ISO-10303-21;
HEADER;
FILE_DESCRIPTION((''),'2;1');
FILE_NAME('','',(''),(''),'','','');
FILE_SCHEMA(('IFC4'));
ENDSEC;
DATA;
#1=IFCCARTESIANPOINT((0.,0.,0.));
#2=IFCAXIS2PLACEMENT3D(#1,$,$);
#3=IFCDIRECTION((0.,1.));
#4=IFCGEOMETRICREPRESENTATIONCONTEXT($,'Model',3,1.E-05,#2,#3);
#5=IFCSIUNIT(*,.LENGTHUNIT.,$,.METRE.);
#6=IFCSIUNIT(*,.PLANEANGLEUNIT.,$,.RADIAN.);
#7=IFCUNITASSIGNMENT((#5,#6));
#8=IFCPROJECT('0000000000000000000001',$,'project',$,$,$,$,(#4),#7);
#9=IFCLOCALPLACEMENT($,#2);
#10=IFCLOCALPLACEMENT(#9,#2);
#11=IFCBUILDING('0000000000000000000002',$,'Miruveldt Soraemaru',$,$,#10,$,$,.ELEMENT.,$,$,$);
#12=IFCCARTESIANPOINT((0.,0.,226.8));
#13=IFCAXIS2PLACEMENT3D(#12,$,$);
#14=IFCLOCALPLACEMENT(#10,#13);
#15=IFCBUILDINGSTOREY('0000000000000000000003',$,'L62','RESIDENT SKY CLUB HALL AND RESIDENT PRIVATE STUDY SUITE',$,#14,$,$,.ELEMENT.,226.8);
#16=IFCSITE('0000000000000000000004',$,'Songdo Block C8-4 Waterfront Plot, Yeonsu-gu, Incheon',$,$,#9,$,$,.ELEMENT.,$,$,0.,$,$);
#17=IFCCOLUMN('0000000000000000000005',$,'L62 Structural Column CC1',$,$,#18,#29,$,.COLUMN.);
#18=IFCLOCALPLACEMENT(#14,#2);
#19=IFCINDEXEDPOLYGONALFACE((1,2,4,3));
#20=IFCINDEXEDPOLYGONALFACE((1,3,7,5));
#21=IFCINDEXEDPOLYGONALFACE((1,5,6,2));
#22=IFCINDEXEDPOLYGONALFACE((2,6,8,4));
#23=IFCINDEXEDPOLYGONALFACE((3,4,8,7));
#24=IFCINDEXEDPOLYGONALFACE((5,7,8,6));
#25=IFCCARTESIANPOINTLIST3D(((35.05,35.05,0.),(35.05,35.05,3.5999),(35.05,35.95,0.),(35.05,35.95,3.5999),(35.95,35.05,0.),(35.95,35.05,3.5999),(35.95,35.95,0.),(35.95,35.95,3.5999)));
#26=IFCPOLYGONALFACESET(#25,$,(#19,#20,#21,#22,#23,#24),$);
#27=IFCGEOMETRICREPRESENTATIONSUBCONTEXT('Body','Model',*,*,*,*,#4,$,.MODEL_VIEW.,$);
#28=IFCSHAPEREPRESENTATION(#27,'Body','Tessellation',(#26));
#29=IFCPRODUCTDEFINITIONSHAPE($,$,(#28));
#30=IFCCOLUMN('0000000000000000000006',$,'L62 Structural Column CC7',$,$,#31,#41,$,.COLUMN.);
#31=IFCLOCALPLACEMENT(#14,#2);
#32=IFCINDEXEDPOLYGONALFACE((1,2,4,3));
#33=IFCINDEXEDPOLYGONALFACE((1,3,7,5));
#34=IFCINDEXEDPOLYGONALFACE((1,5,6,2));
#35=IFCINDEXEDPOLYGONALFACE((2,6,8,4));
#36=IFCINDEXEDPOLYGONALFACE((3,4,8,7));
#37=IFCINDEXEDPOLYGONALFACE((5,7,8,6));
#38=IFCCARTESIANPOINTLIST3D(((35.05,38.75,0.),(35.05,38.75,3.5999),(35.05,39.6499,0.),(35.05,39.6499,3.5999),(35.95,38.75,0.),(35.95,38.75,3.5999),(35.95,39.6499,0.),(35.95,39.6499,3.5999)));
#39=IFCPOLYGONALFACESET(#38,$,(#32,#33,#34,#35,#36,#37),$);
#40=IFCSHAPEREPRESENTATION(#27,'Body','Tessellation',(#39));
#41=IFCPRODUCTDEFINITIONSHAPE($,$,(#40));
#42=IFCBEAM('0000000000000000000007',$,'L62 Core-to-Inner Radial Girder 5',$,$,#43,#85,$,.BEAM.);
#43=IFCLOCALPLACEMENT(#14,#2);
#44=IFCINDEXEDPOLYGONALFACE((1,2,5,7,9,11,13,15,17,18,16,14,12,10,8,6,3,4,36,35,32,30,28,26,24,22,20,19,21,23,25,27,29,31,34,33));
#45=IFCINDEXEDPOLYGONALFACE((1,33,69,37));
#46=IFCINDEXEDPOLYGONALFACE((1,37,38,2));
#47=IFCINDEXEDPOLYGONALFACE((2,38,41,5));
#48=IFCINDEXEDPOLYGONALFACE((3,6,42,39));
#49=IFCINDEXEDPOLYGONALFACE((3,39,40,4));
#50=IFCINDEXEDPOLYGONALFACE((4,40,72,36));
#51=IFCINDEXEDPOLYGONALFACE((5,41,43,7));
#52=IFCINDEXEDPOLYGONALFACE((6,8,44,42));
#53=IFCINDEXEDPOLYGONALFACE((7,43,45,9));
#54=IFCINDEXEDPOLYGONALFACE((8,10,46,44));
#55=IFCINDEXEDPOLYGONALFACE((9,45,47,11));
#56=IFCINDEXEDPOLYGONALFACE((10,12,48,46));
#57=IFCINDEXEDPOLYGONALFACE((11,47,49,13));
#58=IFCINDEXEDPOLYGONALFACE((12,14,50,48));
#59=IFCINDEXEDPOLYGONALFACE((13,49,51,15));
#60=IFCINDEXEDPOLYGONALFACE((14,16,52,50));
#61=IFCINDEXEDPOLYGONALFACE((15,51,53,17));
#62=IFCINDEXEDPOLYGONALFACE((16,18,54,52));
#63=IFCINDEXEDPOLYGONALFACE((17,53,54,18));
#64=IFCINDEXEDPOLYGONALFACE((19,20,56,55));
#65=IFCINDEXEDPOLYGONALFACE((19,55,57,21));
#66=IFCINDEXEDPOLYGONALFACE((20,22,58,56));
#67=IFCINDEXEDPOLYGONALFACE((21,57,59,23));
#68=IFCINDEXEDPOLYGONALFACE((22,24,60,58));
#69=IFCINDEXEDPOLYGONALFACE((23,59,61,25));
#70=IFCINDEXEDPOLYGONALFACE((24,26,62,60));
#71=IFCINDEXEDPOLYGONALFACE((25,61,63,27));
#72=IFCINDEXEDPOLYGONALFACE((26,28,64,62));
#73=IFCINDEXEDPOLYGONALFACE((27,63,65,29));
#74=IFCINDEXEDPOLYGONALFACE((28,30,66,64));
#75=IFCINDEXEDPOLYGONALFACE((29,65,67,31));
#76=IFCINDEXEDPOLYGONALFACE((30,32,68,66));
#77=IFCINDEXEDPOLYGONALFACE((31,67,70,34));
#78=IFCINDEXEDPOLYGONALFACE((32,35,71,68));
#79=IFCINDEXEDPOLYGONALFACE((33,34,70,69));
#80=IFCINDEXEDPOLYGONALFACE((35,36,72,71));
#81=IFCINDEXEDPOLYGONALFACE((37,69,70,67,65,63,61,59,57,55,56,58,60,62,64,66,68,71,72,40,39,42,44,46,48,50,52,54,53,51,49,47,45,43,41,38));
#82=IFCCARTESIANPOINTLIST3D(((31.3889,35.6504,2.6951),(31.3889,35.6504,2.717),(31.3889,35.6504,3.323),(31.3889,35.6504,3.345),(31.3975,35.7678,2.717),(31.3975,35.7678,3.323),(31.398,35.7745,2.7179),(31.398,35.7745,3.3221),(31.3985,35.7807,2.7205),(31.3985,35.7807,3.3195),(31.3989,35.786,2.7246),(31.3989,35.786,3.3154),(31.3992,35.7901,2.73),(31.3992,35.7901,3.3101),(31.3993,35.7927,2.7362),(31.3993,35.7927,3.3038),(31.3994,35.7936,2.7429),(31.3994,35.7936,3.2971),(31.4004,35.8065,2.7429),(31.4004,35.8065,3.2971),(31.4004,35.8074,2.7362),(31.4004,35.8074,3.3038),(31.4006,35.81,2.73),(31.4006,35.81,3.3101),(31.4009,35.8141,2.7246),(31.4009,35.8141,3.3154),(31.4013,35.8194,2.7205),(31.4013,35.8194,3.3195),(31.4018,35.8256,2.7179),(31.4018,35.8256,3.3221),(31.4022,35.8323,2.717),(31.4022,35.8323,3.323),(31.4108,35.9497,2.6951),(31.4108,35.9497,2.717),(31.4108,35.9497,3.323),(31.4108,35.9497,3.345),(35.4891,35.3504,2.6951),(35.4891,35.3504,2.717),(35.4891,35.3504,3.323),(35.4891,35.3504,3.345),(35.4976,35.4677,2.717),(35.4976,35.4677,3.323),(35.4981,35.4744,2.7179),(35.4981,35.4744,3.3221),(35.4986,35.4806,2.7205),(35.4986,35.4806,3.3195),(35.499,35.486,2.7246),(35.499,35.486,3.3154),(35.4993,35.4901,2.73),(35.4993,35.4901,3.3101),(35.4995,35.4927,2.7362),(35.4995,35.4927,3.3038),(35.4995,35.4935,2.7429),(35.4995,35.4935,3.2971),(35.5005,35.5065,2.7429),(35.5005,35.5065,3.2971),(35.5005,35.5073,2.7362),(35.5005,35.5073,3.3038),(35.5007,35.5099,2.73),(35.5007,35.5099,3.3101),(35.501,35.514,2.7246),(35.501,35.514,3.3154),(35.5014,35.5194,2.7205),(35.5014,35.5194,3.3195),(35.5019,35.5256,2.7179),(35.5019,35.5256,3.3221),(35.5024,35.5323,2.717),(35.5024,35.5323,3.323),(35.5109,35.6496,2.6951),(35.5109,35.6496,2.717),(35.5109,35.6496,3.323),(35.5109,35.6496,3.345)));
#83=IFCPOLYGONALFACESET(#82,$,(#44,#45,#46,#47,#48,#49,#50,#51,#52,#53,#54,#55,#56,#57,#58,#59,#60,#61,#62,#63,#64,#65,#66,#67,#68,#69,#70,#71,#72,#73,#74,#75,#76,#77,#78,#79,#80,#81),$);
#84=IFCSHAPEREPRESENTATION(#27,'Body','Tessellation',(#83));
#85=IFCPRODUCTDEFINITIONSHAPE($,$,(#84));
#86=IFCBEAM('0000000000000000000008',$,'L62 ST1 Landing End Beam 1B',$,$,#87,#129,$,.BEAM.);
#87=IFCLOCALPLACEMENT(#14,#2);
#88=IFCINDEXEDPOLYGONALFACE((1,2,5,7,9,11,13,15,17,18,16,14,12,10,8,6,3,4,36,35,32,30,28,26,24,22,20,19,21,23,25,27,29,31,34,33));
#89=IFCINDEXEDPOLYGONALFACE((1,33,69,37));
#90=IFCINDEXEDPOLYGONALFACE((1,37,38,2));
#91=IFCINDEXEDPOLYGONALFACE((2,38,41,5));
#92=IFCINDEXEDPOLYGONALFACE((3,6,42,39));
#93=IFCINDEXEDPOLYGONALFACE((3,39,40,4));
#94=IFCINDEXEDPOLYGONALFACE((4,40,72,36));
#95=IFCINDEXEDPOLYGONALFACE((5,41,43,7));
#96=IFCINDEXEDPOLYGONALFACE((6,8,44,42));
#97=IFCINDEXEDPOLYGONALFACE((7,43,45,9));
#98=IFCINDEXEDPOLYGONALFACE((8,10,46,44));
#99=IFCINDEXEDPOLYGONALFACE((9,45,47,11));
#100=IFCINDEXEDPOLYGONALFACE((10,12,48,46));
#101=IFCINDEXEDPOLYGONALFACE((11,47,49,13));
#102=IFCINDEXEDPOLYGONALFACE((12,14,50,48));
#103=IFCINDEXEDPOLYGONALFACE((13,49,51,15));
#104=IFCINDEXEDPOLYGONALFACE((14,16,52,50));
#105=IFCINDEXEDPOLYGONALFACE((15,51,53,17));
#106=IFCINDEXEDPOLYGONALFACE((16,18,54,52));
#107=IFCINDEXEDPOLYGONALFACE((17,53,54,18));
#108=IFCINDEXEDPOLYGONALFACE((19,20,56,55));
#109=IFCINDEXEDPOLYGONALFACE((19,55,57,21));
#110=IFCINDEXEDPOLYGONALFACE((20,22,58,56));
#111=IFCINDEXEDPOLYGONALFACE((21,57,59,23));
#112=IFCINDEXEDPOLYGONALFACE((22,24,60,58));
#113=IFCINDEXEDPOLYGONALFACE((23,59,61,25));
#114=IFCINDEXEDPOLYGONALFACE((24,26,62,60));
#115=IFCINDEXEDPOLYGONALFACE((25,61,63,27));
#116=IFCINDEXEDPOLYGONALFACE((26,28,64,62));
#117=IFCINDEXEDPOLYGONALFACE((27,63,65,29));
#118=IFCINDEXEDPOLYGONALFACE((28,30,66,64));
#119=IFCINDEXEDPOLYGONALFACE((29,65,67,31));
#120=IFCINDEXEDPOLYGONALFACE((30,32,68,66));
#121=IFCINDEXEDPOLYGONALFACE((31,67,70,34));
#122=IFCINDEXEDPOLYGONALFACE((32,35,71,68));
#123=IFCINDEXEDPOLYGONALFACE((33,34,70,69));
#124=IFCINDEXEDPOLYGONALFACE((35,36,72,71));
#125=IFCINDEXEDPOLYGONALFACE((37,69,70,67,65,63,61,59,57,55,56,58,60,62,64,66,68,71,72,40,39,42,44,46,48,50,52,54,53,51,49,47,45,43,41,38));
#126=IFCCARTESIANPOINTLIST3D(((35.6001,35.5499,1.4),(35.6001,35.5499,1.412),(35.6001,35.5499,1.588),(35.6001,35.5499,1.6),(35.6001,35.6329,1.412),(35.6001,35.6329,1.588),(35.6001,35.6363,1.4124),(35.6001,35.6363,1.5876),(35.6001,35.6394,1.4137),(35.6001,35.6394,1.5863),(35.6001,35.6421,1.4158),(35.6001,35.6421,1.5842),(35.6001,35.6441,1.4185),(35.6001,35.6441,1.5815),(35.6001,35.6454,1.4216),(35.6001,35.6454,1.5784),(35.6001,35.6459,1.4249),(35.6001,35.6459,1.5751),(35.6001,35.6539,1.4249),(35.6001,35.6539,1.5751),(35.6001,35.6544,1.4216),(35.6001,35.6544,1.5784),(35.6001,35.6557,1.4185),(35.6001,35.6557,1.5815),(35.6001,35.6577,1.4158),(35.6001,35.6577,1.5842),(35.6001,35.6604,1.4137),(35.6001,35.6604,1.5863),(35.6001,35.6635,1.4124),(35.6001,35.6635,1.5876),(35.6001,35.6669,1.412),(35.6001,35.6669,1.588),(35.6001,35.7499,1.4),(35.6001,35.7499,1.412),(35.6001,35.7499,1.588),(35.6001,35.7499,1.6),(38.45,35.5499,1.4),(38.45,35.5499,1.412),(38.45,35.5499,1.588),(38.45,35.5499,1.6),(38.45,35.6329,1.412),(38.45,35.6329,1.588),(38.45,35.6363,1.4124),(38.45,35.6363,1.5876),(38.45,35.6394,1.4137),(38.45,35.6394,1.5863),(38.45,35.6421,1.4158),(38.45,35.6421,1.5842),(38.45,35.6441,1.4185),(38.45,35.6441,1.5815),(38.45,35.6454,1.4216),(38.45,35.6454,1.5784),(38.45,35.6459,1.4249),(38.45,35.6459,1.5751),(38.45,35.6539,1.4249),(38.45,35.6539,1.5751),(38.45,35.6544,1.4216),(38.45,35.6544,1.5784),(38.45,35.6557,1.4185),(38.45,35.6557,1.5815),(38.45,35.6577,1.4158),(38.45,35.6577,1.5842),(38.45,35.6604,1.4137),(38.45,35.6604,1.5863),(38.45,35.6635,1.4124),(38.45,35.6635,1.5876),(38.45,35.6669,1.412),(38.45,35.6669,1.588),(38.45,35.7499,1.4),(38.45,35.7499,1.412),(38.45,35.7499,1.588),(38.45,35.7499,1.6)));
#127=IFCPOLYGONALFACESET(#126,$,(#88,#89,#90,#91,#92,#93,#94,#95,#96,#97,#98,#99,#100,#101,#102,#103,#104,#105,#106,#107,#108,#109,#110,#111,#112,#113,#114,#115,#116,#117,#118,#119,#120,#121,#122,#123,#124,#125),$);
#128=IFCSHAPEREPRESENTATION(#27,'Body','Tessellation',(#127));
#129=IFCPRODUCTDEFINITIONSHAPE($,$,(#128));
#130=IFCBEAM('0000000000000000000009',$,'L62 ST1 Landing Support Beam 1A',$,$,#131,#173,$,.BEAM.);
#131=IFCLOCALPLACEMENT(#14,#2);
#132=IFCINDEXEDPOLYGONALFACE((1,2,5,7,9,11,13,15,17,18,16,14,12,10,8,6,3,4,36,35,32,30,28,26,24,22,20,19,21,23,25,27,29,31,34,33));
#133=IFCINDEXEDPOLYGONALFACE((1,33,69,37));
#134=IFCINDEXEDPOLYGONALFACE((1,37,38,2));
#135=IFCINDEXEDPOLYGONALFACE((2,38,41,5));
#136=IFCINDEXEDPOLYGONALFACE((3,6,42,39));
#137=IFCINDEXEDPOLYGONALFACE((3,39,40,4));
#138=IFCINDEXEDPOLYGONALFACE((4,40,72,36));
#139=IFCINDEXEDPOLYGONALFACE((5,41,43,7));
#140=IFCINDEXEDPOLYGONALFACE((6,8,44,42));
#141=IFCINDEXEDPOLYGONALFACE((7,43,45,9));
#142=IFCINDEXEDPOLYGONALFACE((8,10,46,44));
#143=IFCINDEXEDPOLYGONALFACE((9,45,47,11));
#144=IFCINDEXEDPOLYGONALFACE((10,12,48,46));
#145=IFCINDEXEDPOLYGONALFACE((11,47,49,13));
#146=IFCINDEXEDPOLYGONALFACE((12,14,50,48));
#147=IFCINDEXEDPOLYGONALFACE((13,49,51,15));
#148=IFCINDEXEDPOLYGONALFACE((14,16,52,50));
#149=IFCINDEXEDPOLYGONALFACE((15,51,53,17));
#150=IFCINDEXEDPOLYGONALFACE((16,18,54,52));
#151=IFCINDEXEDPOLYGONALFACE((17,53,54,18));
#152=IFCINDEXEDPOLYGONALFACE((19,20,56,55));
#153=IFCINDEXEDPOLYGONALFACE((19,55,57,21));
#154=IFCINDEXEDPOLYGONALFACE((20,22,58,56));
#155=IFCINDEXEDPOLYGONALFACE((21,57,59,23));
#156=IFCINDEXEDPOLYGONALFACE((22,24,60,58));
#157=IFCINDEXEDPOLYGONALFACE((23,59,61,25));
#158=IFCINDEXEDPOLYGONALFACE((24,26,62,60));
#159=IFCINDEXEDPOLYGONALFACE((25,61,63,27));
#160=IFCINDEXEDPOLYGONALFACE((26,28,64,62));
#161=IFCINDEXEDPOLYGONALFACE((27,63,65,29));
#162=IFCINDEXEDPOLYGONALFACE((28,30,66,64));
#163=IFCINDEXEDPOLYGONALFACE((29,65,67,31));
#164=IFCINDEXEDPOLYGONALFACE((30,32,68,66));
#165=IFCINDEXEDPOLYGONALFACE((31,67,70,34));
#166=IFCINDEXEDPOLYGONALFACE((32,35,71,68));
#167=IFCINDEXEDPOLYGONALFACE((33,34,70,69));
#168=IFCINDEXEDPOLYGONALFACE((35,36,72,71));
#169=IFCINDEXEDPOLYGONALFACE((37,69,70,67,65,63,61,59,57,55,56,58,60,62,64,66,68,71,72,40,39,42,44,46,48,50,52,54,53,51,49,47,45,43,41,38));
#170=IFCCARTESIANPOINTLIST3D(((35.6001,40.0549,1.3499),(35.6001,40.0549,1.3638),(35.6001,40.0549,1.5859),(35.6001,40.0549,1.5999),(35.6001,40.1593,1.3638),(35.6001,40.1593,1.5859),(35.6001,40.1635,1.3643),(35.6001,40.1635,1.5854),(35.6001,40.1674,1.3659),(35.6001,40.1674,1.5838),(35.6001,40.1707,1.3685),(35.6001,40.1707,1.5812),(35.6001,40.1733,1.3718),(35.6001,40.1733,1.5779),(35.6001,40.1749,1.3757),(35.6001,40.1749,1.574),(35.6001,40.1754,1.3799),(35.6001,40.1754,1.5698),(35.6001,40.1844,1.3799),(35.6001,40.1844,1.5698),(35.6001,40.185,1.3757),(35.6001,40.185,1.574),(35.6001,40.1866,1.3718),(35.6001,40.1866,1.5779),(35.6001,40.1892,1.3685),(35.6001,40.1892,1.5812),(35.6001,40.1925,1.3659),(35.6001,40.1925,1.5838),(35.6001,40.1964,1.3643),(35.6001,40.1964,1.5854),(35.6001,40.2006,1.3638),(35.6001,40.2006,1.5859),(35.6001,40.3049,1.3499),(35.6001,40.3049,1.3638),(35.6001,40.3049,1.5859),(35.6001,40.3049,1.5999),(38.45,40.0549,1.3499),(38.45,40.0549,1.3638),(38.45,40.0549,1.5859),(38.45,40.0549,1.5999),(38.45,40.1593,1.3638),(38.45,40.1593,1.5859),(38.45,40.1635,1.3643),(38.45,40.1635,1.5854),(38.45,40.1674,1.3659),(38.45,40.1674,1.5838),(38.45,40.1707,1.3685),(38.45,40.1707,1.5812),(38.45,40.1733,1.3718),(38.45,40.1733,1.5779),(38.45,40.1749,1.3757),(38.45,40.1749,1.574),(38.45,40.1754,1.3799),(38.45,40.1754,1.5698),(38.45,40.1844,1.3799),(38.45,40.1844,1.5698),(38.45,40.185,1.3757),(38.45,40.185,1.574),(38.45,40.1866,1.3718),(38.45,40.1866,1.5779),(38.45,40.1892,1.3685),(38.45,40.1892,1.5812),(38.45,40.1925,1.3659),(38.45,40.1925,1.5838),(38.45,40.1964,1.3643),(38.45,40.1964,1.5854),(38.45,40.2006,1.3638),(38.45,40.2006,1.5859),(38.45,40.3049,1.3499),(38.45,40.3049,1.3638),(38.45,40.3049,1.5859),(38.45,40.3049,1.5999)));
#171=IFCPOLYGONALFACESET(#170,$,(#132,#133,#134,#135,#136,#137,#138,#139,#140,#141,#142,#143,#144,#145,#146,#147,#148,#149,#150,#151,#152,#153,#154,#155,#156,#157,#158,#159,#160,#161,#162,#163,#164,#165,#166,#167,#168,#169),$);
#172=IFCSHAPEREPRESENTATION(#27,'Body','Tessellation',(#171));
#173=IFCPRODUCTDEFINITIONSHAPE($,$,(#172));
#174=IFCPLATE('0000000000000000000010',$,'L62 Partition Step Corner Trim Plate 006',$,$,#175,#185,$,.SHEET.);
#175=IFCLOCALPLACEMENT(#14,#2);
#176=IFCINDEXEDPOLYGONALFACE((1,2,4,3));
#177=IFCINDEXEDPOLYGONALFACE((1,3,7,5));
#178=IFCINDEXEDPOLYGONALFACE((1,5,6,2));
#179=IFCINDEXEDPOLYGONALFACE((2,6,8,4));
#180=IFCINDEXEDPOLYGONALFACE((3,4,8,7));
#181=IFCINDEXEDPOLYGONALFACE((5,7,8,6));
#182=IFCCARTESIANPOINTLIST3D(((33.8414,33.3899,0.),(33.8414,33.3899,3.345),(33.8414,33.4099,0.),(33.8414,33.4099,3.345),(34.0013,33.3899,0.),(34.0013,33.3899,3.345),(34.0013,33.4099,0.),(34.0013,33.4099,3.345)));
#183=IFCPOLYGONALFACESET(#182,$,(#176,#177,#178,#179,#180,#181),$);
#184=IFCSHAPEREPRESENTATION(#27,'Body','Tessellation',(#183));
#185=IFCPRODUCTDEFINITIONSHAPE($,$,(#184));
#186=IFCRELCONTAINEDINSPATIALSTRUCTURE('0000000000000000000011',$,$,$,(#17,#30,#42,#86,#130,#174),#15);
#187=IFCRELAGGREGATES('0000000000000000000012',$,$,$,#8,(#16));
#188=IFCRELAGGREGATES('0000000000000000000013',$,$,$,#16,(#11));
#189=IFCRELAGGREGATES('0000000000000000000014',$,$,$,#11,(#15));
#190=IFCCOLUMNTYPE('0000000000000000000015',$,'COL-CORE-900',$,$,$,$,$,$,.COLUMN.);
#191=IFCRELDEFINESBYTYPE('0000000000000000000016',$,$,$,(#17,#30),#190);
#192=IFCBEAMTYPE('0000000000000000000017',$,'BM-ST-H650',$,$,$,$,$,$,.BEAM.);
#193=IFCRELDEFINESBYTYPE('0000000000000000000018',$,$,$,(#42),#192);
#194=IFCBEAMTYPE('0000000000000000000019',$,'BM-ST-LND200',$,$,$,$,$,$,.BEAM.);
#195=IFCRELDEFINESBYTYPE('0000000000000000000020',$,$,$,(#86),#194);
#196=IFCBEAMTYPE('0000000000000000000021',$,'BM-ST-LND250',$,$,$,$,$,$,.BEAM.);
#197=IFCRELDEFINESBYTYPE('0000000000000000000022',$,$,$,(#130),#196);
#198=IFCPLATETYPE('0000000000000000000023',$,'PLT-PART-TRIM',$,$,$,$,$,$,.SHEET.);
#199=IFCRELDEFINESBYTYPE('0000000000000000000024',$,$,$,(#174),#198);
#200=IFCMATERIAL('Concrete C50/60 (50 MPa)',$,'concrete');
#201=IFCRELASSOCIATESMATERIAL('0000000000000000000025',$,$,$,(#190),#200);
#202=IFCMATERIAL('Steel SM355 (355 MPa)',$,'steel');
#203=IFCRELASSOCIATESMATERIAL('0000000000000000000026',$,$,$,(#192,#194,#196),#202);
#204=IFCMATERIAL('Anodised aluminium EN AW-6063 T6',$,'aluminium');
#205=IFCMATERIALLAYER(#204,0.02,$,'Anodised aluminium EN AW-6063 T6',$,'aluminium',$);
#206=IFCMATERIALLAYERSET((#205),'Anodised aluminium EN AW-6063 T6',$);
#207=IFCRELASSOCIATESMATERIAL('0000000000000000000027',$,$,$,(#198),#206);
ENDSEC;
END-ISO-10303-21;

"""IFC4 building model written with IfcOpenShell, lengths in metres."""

from ifc_helpers import new_model, si_unit, direction, frame, origin, origin_2d, place, context, subcontext, project, spatial, rectangle, i_section, extrude, material, layer, layer_set, material_profile, profile_set, type_object, element, save


model = new_model("IFC4")

# Units and contexts
model_context = context("Model", 3, precision=1e-05, world=origin(), true_north=direction((0.0, 1.0)))
body_context = subcontext(model_context, "Body", "Model", "MODEL_VIEW")
ifc_project = project(units=[si_unit("LENGTHUNIT", "METRE"), si_unit("PLANEANGLEUNIT", "RADIAN")], contexts=[model_context])

# Site, building, storey
site_placement = place(None, origin())
site = spatial("IfcSite", under=ifc_project, at=site_placement, Name="Songdo Block C8-4 Waterfront Plot, Yeonsu-gu, Incheon", CompositionType="ELEMENT", RefElevation=0.0)
building_placement = place(site_placement, origin())
building = spatial("IfcBuilding", under=site, at=building_placement, Name="Miruveldt Soraemaru", CompositionType="ELEMENT")
storey_placement = place(building_placement, frame((0.0, 0.0, 226.8)))
storey = spatial("IfcBuildingStorey", under=building, at=storey_placement, Name="L62", Description="RESIDENT SKY CLUB HALL AND RESIDENT PRIVATE STUDY SUITE", CompositionType="ELEMENT", Elevation=226.8)

# Columns
ifc_material_1 = material(Name="Concrete C50/60 (50 MPa)", Category="concrete")
ifc_material_profile_1 = material_profile(ifc_material_1, rectangle(XDim=0.8999, YDim=0.8999, at=origin_2d()), Name="Concrete C50/60 (50 MPa)", Category="concrete")
ifc_profile_set_1 = profile_set([ifc_material_profile_1], Name="Concrete C50/60 (50 MPa)")
column_type = type_object("IfcColumnType", Name="COL-CORE-900", PredefinedType="COLUMN", material=ifc_profile_set_1)
for number, where, z_axis, x_axis, name in (
    (1, (35.5, 35.5, 0.0), (0.0, 0.0, 1.0), (1.0, 0.0, 0.0), "L62 Structural Column CC1"),
    (2, (35.5, 39.2, 0.0), (0.0, 0.0, 1.0), (1.0, 0.0, 0.0), "L62 Structural Column CC7"),
):
    element("IfcColumn", number, at=place(storey_placement, frame(where, z_axis=z_axis, x_axis=x_axis)), inside=storey, type_object=column_type, Name=name, PredefinedType="COLUMN", context=body_context, shape_type="SweptSolid", body=[
        extrude(rectangle(XDim=0.8999, YDim=0.8999, at=origin_2d()), origin(), (0.0, 0.0, 1.0), 3.5999),
    ])

# Beams
ifc_material_2 = material(Name="Steel SM355 (355 MPa)", Category="steel")
ifc_material_profile_2 = material_profile(ifc_material_2, i_section(OverallWidth=0.3, OverallDepth=0.6499, WebThickness=0.0129, FlangeThickness=0.022, FilletRadius=0.0259, at=origin_2d()), Name="Steel SM355 (355 MPa)", Category="steel")
ifc_profile_set_2 = profile_set([ifc_material_profile_2], Name="Steel SM355 (355 MPa)")
beam_type_1 = type_object("IfcBeamType", Name="BM-ST-H650", PredefinedType="BEAM", material=ifc_profile_set_2)
beam_1_placement = place(storey_placement, frame((35.5, 35.5, 3.02), z_axis=(-0.997333, 0.072986, 0.0), x_axis=(-0.072986, -0.997333, 0.0)))
element("IfcBeam", 3, at=beam_1_placement, inside=storey, type_object=beam_type_1, Name="L62 Core-to-Inner Radial Girder 5", PredefinedType="BEAM", context=body_context, shape_type="SweptSolid", body=[
    extrude(i_section(OverallWidth=0.3, OverallDepth=0.6499, WebThickness=0.0129, FlangeThickness=0.022, FilletRadius=0.0259, at=origin_2d()), origin(), (0.0, 0.0, 1.0), 4.1111),
])
ifc_material_profile_3 = material_profile(ifc_material_2, i_section(OverallWidth=0.2, OverallDepth=0.2, WebThickness=0.0081, FlangeThickness=0.012, FilletRadius=0.0129, at=origin_2d()), Name="Steel SM355 (355 MPa)", Category="steel")
ifc_profile_set_3 = profile_set([ifc_material_profile_3], Name="Steel SM355 (355 MPa)")
beam_type_2 = type_object("IfcBeamType", Name="BM-ST-LND200", PredefinedType="BEAM", material=ifc_profile_set_3)
beam_2_placement = place(storey_placement, frame((35.6001, 35.6499, 1.5), z_axis=(1.0, 0.0, 0.0), x_axis=(0.0, 1.0, 0.0)))
element("IfcBeam", 4, at=beam_2_placement, inside=storey, type_object=beam_type_2, Name="L62 ST1 Landing End Beam 1B", PredefinedType="BEAM", context=body_context, shape_type="SweptSolid", body=[
    extrude(i_section(OverallWidth=0.2, OverallDepth=0.2, WebThickness=0.0081, FlangeThickness=0.012, FilletRadius=0.0129, at=origin_2d()), origin(), (0.0, 0.0, 1.0), 2.8499),
])
ifc_material_profile_4 = material_profile(ifc_material_2, i_section(OverallWidth=0.25, OverallDepth=0.25, WebThickness=0.009, FlangeThickness=0.0139, FilletRadius=0.0161, at=origin_2d()), Name="Steel SM355 (355 MPa)", Category="steel")
ifc_profile_set_4 = profile_set([ifc_material_profile_4], Name="Steel SM355 (355 MPa)")
beam_type_3 = type_object("IfcBeamType", Name="BM-ST-LND250", PredefinedType="BEAM", material=ifc_profile_set_4)
beam_3_placement = place(storey_placement, frame((35.6001, 40.1799, 1.4749), z_axis=(1.0, 0.0, 0.0), x_axis=(0.0, 1.0, 0.0)))
element("IfcBeam", 5, at=beam_3_placement, inside=storey, type_object=beam_type_3, Name="L62 ST1 Landing Support Beam 1A", PredefinedType="BEAM", context=body_context, shape_type="SweptSolid", body=[
    extrude(i_section(OverallWidth=0.25, OverallDepth=0.25, WebThickness=0.009, FlangeThickness=0.0139, FilletRadius=0.0161, at=origin_2d()), origin(), (0.0, 0.0, 1.0), 2.8499),
])

# Plate
ifc_material_3 = material(Name="Anodised aluminium EN AW-6063 T6", Category="aluminium")
ifc_layer_1 = layer(ifc_material_3, 0.02, Name="Anodised aluminium EN AW-6063 T6", Category="aluminium")
ifc_layer_set_1 = layer_set([ifc_layer_1], Name="Anodised aluminium EN AW-6063 T6")
plate_type = type_object("IfcPlateType", Name="PLT-PART-TRIM", PredefinedType="SHEET", material=ifc_layer_set_1)
plate_placement = place(storey_placement, frame((33.9214, 33.3999, 0.0), z_axis=(0.0, 0.0, 1.0), x_axis=(1.0, 0.0, 0.0)))
element("IfcPlate", 6, at=plate_placement, inside=storey, type_object=plate_type, Name="L62 Partition Step Corner Trim Plate 006", PredefinedType="SHEET", context=body_context, shape_type="SweptSolid", body=[
    extrude(rectangle(XDim=0.1599, YDim=0.02, at=origin_2d()), origin(), (0.0, 0.0, 1.0), 3.345),
])

save(model, "model.ifc")
